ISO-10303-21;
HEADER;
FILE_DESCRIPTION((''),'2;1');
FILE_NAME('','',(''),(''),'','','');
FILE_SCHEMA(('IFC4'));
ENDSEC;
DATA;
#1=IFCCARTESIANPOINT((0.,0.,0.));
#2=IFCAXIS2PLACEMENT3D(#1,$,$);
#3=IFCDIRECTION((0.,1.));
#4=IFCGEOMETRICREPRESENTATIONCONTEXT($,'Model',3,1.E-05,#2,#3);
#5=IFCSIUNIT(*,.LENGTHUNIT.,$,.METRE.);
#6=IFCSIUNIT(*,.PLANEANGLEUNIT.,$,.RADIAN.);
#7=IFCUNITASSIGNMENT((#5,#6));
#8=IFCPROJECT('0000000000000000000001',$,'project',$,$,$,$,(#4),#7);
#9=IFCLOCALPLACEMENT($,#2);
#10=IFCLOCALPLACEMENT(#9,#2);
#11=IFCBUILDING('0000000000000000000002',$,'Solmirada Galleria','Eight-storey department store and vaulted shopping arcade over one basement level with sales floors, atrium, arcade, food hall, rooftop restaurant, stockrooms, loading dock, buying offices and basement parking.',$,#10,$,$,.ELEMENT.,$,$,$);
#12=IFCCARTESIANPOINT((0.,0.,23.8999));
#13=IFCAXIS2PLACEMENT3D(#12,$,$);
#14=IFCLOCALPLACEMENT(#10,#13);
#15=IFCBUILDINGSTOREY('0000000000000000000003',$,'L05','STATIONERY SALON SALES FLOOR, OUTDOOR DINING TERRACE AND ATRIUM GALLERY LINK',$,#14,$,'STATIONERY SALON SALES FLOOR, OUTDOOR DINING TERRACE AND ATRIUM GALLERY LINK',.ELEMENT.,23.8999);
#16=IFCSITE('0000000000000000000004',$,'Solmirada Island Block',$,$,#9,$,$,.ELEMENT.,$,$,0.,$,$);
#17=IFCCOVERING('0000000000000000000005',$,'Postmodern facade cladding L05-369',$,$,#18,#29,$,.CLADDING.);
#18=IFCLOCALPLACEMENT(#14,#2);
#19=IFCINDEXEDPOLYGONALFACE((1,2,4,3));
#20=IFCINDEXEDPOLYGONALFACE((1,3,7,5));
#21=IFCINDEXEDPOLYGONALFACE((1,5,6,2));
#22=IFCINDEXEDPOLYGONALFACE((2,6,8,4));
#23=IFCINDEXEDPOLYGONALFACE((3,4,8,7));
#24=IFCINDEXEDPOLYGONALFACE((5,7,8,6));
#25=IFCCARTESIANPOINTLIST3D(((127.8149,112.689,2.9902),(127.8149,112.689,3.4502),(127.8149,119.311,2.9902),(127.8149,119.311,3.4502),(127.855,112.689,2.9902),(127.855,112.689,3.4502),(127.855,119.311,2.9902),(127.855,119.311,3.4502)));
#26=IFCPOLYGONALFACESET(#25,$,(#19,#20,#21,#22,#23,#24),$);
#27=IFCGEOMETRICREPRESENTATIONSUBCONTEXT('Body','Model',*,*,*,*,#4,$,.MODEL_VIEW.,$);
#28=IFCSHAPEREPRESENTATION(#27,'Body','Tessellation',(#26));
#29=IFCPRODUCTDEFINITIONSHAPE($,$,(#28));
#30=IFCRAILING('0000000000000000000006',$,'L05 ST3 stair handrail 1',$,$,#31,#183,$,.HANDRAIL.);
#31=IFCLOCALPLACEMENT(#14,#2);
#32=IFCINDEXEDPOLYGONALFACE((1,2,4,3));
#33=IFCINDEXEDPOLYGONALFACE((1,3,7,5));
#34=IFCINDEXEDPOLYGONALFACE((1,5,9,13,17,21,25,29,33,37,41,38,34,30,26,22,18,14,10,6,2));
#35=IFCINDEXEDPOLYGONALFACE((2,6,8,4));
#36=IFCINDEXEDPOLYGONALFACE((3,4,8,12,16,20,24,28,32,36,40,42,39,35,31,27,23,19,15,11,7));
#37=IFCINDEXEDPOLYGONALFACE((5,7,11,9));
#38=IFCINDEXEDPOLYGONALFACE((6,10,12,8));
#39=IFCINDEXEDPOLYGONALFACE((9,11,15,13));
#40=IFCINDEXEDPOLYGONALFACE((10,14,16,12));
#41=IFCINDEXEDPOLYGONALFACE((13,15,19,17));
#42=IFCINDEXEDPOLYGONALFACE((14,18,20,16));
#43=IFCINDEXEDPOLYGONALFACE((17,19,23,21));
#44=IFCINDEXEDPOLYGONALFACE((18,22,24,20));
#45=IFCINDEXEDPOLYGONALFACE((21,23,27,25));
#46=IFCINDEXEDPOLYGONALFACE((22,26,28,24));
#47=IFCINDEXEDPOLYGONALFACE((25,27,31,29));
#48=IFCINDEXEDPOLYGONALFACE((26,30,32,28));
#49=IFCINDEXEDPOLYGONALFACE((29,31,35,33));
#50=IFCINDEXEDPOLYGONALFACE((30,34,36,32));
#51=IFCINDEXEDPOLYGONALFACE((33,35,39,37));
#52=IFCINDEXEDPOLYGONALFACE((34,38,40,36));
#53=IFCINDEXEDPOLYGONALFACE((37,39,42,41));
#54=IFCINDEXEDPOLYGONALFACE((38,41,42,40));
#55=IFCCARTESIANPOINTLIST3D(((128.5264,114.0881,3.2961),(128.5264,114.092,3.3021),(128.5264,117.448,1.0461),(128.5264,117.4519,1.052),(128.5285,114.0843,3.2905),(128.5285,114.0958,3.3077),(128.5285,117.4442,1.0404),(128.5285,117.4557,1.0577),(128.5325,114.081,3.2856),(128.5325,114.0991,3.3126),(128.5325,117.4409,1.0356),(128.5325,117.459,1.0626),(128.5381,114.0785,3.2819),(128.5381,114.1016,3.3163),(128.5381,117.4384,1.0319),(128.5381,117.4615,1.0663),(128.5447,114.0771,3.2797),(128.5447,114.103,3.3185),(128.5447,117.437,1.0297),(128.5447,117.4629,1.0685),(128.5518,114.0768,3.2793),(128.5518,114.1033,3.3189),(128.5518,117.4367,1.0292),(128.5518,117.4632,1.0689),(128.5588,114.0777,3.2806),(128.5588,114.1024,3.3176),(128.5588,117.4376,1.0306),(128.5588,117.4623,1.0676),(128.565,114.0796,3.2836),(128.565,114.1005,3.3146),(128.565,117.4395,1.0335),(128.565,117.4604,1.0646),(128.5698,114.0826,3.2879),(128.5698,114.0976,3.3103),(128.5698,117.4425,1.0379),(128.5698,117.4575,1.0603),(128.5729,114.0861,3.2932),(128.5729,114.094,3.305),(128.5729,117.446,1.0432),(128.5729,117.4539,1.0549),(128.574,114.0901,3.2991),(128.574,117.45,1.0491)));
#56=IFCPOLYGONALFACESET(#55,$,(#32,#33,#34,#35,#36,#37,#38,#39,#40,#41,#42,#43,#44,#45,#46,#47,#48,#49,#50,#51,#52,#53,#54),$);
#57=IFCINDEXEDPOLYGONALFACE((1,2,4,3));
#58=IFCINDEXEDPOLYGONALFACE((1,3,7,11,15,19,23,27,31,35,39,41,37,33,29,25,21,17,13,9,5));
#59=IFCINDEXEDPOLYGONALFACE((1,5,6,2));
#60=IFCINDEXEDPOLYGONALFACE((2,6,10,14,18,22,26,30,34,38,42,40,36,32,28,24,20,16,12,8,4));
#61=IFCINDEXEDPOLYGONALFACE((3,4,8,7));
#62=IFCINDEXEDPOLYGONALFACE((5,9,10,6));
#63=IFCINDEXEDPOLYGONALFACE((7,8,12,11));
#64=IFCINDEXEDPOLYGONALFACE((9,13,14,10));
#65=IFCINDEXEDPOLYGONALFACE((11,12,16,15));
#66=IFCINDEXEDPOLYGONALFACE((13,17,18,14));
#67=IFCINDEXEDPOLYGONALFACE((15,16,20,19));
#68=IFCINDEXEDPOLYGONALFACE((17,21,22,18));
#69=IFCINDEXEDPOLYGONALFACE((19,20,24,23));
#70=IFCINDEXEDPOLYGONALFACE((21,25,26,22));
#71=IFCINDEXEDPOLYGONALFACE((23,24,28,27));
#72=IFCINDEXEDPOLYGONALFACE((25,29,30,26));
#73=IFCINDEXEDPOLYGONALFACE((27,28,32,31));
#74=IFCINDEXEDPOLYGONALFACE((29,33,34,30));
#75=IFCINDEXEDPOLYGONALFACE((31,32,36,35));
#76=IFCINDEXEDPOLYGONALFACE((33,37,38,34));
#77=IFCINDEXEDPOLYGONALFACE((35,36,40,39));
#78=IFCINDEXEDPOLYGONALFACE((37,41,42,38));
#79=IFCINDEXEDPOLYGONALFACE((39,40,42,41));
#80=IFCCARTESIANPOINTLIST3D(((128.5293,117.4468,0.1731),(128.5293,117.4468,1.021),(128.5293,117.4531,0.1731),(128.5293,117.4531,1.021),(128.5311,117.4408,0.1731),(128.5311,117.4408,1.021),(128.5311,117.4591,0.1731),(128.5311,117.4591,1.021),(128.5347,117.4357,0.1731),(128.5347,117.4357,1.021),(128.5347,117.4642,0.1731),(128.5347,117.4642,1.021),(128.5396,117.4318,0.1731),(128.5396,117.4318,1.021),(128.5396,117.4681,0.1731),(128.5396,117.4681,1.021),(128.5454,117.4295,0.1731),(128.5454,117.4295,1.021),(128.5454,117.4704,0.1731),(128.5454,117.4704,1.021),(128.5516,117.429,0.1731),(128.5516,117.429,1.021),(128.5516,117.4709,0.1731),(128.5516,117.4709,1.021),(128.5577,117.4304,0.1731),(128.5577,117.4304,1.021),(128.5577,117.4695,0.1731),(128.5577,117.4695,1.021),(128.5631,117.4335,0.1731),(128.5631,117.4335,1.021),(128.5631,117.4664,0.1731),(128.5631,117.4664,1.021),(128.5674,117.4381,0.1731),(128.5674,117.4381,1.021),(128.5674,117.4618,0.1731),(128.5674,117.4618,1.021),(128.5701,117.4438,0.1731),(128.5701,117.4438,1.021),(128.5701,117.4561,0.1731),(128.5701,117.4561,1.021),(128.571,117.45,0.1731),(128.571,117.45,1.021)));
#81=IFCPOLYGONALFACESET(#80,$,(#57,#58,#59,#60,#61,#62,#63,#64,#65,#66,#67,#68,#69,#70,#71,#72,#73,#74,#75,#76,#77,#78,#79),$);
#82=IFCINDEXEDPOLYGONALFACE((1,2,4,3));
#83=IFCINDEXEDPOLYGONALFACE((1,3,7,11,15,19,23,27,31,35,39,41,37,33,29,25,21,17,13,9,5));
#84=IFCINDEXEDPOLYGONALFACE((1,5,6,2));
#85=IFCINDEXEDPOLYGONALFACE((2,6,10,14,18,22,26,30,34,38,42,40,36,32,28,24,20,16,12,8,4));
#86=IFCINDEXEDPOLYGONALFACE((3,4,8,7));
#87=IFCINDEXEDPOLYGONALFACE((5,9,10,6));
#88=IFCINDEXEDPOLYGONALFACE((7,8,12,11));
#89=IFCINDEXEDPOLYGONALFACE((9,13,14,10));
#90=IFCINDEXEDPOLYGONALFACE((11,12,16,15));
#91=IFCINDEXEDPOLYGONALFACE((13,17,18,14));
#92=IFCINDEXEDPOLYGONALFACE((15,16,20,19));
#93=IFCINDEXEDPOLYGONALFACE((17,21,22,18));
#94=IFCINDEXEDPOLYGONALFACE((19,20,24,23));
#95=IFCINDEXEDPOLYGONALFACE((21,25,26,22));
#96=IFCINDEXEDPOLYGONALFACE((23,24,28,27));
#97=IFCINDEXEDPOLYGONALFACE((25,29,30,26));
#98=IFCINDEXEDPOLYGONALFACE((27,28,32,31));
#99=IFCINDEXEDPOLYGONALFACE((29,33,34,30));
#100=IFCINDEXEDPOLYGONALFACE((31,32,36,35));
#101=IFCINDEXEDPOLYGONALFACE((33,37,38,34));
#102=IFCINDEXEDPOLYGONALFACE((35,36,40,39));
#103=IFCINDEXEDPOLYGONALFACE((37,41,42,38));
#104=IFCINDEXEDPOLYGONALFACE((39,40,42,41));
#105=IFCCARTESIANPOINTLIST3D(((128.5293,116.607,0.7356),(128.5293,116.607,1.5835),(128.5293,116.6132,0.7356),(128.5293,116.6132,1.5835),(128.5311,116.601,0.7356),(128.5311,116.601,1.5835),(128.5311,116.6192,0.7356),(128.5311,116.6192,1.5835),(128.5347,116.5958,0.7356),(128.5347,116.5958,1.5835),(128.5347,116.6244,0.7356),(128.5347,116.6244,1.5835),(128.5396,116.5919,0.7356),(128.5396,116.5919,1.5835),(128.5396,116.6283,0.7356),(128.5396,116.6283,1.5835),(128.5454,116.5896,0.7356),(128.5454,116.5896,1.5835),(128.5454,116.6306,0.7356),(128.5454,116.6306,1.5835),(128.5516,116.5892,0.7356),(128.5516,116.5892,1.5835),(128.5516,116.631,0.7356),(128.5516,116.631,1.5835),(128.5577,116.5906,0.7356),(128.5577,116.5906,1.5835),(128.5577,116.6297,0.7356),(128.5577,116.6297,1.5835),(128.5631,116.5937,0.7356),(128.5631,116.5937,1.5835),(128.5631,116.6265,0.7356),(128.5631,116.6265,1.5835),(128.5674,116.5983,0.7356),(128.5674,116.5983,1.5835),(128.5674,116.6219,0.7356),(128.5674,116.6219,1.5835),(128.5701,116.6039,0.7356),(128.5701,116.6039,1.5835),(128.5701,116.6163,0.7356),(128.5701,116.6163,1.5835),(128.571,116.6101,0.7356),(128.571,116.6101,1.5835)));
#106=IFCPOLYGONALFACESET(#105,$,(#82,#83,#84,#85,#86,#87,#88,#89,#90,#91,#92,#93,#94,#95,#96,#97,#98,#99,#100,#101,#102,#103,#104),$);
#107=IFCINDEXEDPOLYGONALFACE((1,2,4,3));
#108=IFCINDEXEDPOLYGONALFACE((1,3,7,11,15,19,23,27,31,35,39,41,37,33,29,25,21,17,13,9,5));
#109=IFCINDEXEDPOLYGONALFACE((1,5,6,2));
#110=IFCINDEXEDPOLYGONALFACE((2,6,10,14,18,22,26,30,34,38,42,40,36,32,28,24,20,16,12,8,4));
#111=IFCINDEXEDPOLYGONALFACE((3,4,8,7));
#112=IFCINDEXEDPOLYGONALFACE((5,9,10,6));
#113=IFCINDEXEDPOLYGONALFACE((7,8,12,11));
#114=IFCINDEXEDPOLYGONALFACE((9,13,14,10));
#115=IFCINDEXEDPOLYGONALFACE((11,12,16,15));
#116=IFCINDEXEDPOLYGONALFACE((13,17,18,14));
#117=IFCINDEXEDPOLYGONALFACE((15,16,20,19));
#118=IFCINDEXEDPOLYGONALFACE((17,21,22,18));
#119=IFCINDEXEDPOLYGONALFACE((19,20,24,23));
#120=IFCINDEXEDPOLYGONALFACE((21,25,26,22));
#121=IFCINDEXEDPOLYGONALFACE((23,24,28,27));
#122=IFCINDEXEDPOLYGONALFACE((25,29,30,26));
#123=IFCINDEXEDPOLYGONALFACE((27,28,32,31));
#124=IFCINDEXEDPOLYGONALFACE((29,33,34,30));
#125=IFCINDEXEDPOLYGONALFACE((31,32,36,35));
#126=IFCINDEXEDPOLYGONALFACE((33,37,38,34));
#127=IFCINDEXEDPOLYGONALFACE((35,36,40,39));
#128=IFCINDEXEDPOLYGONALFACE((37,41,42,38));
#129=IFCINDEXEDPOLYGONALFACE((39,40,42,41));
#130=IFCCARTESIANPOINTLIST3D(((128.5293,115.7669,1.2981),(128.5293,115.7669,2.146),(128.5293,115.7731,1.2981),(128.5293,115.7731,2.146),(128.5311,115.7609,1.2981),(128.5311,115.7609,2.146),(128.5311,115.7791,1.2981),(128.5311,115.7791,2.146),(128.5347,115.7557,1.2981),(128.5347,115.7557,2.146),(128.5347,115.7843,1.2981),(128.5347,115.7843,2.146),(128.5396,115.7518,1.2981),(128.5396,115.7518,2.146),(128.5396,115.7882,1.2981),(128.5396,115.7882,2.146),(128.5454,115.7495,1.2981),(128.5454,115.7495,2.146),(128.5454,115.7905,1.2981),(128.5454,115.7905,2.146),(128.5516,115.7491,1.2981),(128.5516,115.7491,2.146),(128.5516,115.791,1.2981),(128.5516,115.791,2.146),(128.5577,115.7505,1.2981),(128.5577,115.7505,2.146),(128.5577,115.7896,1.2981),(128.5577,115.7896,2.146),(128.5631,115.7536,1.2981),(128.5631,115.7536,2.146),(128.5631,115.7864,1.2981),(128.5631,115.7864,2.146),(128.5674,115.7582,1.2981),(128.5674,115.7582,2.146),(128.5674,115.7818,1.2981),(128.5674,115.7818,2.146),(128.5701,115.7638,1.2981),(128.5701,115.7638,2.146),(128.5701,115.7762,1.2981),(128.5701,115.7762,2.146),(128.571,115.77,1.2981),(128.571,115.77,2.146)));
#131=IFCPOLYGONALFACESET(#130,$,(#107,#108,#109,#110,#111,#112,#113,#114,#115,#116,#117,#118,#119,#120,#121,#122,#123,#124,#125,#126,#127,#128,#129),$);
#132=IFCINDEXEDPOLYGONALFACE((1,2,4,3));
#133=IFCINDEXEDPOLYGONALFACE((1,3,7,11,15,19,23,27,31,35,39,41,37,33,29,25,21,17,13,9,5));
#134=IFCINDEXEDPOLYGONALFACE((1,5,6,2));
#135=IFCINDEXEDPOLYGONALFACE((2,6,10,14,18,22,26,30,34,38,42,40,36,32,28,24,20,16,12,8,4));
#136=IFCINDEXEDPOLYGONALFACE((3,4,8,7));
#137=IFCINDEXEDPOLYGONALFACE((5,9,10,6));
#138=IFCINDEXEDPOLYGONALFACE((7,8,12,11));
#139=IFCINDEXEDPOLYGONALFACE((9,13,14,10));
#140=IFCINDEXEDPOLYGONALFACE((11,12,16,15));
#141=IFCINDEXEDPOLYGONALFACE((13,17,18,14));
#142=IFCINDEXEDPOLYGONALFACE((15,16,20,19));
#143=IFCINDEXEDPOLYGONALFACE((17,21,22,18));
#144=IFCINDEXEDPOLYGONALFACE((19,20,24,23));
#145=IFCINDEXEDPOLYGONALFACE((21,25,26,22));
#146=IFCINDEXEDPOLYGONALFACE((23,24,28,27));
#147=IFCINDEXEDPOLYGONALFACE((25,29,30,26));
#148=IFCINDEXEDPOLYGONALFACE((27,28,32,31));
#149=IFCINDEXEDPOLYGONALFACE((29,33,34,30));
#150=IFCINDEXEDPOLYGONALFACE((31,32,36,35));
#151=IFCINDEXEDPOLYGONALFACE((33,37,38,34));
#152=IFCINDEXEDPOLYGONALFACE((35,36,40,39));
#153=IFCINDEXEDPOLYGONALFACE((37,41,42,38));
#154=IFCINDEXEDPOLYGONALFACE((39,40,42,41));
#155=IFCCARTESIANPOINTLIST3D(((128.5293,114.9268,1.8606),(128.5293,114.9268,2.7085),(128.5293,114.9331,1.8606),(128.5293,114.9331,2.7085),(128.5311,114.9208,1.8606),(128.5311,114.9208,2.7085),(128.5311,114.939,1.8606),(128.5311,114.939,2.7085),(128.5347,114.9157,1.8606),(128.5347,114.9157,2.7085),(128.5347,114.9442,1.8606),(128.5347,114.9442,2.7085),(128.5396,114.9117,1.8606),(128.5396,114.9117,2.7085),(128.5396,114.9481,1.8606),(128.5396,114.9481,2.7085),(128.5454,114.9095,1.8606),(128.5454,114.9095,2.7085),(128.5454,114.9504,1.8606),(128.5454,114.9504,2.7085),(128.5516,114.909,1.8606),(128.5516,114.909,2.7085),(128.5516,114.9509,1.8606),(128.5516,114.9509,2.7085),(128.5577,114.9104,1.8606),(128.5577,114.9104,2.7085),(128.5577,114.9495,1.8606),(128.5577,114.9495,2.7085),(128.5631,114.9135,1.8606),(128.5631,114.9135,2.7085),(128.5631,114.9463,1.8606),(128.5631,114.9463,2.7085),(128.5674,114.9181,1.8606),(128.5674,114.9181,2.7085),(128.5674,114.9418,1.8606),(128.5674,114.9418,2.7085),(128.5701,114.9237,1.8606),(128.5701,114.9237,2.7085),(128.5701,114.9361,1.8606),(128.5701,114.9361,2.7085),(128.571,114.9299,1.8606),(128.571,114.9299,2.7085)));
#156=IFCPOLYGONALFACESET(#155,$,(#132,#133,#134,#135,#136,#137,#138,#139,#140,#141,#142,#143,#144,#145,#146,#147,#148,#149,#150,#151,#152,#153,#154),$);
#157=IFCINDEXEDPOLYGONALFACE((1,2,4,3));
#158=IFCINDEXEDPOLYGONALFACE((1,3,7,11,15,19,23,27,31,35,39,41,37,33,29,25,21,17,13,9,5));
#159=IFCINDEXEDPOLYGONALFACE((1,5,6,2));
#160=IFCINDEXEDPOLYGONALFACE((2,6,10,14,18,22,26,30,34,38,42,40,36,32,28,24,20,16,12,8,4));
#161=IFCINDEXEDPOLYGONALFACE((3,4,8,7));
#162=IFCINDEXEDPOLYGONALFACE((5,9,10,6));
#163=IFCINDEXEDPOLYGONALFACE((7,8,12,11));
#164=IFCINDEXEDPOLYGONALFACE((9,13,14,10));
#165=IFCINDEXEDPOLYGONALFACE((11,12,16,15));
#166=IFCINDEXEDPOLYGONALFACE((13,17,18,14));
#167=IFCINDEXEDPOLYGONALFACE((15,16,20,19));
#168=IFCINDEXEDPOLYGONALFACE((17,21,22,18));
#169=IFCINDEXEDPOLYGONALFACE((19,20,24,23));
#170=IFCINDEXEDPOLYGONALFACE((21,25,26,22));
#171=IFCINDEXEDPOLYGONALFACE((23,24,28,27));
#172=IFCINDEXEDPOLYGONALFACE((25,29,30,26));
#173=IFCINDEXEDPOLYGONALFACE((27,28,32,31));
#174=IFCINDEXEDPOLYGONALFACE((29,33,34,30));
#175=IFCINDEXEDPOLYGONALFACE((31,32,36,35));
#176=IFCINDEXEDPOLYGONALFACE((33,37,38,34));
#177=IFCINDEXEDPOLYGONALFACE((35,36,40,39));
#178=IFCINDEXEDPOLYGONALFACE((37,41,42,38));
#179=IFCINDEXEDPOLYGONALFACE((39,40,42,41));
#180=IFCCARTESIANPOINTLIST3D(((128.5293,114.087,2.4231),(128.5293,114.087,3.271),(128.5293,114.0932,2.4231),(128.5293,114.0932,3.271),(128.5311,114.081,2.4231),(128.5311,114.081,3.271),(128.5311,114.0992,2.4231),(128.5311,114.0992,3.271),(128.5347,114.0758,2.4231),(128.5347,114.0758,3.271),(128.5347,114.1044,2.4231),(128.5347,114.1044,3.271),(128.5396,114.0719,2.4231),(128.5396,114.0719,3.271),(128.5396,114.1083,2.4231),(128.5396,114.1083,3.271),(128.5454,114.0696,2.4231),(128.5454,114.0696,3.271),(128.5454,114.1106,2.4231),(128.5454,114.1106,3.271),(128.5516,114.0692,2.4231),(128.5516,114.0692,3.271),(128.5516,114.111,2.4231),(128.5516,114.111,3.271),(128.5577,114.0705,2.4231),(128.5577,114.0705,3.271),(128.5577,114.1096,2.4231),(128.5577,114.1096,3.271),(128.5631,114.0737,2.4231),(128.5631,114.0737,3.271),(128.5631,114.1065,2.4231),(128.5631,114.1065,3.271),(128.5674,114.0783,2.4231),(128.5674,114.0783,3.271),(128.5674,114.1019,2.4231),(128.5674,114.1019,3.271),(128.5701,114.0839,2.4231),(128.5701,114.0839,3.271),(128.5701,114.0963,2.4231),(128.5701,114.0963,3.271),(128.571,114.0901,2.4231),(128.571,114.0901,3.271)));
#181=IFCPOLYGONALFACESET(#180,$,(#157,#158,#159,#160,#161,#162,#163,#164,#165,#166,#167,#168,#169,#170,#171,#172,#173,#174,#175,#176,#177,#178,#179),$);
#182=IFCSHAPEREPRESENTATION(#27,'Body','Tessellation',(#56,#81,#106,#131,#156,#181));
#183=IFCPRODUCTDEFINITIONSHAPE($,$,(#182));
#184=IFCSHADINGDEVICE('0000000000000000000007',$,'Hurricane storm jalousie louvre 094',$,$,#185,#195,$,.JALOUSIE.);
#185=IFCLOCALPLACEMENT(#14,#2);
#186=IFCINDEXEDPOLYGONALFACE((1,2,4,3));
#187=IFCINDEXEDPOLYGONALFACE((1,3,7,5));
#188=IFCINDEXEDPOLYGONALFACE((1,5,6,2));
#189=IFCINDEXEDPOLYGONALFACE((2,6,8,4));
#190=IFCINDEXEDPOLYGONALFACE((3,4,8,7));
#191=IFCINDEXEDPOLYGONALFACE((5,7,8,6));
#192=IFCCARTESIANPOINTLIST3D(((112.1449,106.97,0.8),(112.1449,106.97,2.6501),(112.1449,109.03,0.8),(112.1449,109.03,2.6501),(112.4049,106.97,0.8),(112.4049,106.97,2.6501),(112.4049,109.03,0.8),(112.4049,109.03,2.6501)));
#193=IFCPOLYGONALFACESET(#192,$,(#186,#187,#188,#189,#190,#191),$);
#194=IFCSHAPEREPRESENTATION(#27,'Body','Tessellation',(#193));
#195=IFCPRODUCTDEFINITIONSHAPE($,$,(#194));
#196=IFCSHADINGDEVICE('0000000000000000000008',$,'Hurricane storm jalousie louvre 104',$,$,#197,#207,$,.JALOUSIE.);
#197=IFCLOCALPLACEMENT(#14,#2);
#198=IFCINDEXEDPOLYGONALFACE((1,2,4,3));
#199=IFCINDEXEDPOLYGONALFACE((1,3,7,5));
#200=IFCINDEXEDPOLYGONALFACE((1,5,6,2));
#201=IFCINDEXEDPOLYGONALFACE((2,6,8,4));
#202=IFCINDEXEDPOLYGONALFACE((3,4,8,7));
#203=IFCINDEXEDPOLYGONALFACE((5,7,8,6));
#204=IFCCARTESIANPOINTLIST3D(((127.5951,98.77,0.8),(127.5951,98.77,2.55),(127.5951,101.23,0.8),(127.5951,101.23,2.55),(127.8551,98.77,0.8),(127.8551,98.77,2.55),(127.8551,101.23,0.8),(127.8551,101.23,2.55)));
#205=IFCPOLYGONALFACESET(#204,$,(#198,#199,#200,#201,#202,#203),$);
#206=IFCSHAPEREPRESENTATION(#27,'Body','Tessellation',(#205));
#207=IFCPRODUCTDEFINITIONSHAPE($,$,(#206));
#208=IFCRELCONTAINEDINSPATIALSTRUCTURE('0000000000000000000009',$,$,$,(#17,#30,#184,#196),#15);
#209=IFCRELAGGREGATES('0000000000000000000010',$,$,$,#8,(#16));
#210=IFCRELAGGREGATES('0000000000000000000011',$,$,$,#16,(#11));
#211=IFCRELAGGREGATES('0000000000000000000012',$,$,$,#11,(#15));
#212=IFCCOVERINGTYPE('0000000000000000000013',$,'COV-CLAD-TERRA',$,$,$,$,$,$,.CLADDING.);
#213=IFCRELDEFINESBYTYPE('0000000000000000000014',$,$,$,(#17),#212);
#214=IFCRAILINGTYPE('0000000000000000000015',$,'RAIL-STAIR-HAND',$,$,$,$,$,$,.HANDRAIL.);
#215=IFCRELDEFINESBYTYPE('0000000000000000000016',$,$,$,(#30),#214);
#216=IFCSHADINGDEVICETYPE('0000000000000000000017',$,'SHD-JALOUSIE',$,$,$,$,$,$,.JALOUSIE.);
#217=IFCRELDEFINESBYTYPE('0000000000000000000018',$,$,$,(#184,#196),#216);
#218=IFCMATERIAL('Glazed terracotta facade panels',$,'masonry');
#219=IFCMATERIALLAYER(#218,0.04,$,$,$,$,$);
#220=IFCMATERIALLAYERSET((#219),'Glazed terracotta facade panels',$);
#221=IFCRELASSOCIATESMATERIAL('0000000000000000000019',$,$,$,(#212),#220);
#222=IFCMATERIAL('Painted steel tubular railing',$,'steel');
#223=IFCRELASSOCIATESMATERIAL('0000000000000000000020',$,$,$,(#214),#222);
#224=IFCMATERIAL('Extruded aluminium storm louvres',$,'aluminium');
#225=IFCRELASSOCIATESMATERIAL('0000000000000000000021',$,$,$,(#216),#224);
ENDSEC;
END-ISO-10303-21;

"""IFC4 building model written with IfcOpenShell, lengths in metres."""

from ifc_helpers import new_model, si_unit, direction, frame, origin, origin_2d, place, context, subcontext, project, spatial, rectangle, circle, extrude, material, layer, layer_set, type_object, element, save


model = new_model("IFC4")

# Units and contexts
model_context = context("Model", 3, precision=1e-05, world=origin(), true_north=direction((0.0, 1.0)))
body_context = subcontext(model_context, "Body", "Model", "MODEL_VIEW")
ifc_project = project(units=[si_unit("LENGTHUNIT", "METRE"), si_unit("PLANEANGLEUNIT", "RADIAN")], contexts=[model_context])

# Site, building, storey
site_placement = place(None, origin())
site = spatial("IfcSite", under=ifc_project, at=site_placement, Name="Solmirada Island Block", CompositionType="ELEMENT", RefElevation=0.0)
building_placement = place(site_placement, origin())
building = spatial("IfcBuilding", under=site, at=building_placement, Name="Solmirada Galleria", Description="Eight-storey department store and vaulted shopping arcade over one basement level with sales floors, atrium, arcade, food hall, rooftop restaurant, stockrooms, loading dock, buying offices and basement parking.", CompositionType="ELEMENT")
storey_placement = place(building_placement, frame((0.0, 0.0, 23.8999)))
storey = spatial("IfcBuildingStorey", under=building, at=storey_placement, Name="L05", Description="STATIONERY SALON SALES FLOOR, OUTDOOR DINING TERRACE AND ATRIUM GALLERY LINK", LongName="STATIONERY SALON SALES FLOOR, OUTDOOR DINING TERRACE AND ATRIUM GALLERY LINK", CompositionType="ELEMENT", Elevation=23.8999)

# Covering
ifc_material_1 = material(Name="Glazed terracotta facade panels", Category="masonry")
ifc_layer_1 = layer(ifc_material_1, 0.04)
ifc_layer_set_1 = layer_set([ifc_layer_1], Name="Glazed terracotta facade panels")
covering_type_1 = type_object("IfcCoveringType", Name="COV-CLAD-TERRA", PredefinedType="CLADDING", material=ifc_layer_set_1)
covering_1_placement = place(storey_placement, frame((127.835, 116.0, 2.9902), z_axis=(0.0, 0.0, 1.0), x_axis=(0.0, 1.0, 0.0)))
element("IfcCovering", 1, at=covering_1_placement, inside=storey, type_object=covering_type_1, Name="Postmodern facade cladding L05-369", PredefinedType="CLADDING", context=body_context, shape_type="SweptSolid", body=[
    extrude(rectangle(XDim=6.6221, YDim=0.04, at=origin_2d()), origin(), (0.0, 0.0, 1.0), 0.46),
])

# Railing
ifc_material_2 = material(Name="Painted steel tubular railing", Category="steel")
railing_type_1 = type_object("IfcRailingType", Name="RAIL-STAIR-HAND", PredefinedType="HANDRAIL", material=ifc_material_2)
railing_1_placement = place(storey_placement, frame((128.55, 117.45, 0.1731)))
element("IfcRailing", 2, at=railing_1_placement, inside=storey, type_object=railing_type_1, Name="L05 ST3 stair handrail 1", PredefinedType="HANDRAIL", context=body_context, shape_type="SweptSolid", body=[
    extrude(circle(Radius=0.0239, at=origin_2d()), frame((0.0, 0.0, 0.876), z_axis=(0.0, -0.830897, 0.556427), x_axis=(1.0, 0.0, 0.0)), (0.0, 0.0, 1.0), 4.0437),
    extrude(circle(Radius=0.021, at=origin_2d()), origin(), (0.0, 0.0, 1.0), 0.8479),
    extrude(circle(Radius=0.021, at=origin_2d()), frame((0.0, -0.8398, 0.5625)), (0.0, 0.0, 1.0), 0.8479),
    extrude(circle(Radius=0.021, at=origin_2d()), frame((0.0, -1.6799, 1.125)), (0.0, 0.0, 1.0), 0.8479),
    extrude(circle(Radius=0.021, at=origin_2d()), frame((0.0, -2.52, 1.6875)), (0.0, 0.0, 1.0), 0.8479),
    extrude(circle(Radius=0.021, at=origin_2d()), frame((0.0, -3.3599, 2.25)), (0.0, 0.0, 1.0), 0.8479),
])

# Shading devices
ifc_material_3 = material(Name="Extruded aluminium storm louvres", Category="aluminium")
shading_device_type = type_object("IfcShadingDeviceType", Name="SHD-JALOUSIE", PredefinedType="JALOUSIE", material=ifc_material_3)
shading_device_1_placement = place(storey_placement, frame((112.2749, 108.0, 0.8), z_axis=(0.0, 0.0, 1.0), x_axis=(0.0, -1.0, 0.0)))
element("IfcShadingDevice", 3, at=shading_device_1_placement, inside=storey, type_object=shading_device_type, Name="Hurricane storm jalousie louvre 094", PredefinedType="JALOUSIE", context=body_context, shape_type="SweptSolid", body=[
    extrude(rectangle(XDim=2.0601, YDim=0.26, at=origin_2d()), origin(), (0.0, 0.0, 1.0), 1.8501),
])
shading_device_2_placement = place(storey_placement, frame((127.7251, 100.0, 0.8), z_axis=(0.0, 0.0, 1.0), x_axis=(0.0, 1.0, 0.0)))
element("IfcShadingDevice", 4, at=shading_device_2_placement, inside=storey, type_object=shading_device_type, Name="Hurricane storm jalousie louvre 104", PredefinedType="JALOUSIE", context=body_context, shape_type="SweptSolid", body=[
    extrude(rectangle(XDim=2.46, YDim=0.26, at=origin_2d()), origin(), (0.0, 0.0, 1.0), 1.75),
])

save(model, "model.ifc")
